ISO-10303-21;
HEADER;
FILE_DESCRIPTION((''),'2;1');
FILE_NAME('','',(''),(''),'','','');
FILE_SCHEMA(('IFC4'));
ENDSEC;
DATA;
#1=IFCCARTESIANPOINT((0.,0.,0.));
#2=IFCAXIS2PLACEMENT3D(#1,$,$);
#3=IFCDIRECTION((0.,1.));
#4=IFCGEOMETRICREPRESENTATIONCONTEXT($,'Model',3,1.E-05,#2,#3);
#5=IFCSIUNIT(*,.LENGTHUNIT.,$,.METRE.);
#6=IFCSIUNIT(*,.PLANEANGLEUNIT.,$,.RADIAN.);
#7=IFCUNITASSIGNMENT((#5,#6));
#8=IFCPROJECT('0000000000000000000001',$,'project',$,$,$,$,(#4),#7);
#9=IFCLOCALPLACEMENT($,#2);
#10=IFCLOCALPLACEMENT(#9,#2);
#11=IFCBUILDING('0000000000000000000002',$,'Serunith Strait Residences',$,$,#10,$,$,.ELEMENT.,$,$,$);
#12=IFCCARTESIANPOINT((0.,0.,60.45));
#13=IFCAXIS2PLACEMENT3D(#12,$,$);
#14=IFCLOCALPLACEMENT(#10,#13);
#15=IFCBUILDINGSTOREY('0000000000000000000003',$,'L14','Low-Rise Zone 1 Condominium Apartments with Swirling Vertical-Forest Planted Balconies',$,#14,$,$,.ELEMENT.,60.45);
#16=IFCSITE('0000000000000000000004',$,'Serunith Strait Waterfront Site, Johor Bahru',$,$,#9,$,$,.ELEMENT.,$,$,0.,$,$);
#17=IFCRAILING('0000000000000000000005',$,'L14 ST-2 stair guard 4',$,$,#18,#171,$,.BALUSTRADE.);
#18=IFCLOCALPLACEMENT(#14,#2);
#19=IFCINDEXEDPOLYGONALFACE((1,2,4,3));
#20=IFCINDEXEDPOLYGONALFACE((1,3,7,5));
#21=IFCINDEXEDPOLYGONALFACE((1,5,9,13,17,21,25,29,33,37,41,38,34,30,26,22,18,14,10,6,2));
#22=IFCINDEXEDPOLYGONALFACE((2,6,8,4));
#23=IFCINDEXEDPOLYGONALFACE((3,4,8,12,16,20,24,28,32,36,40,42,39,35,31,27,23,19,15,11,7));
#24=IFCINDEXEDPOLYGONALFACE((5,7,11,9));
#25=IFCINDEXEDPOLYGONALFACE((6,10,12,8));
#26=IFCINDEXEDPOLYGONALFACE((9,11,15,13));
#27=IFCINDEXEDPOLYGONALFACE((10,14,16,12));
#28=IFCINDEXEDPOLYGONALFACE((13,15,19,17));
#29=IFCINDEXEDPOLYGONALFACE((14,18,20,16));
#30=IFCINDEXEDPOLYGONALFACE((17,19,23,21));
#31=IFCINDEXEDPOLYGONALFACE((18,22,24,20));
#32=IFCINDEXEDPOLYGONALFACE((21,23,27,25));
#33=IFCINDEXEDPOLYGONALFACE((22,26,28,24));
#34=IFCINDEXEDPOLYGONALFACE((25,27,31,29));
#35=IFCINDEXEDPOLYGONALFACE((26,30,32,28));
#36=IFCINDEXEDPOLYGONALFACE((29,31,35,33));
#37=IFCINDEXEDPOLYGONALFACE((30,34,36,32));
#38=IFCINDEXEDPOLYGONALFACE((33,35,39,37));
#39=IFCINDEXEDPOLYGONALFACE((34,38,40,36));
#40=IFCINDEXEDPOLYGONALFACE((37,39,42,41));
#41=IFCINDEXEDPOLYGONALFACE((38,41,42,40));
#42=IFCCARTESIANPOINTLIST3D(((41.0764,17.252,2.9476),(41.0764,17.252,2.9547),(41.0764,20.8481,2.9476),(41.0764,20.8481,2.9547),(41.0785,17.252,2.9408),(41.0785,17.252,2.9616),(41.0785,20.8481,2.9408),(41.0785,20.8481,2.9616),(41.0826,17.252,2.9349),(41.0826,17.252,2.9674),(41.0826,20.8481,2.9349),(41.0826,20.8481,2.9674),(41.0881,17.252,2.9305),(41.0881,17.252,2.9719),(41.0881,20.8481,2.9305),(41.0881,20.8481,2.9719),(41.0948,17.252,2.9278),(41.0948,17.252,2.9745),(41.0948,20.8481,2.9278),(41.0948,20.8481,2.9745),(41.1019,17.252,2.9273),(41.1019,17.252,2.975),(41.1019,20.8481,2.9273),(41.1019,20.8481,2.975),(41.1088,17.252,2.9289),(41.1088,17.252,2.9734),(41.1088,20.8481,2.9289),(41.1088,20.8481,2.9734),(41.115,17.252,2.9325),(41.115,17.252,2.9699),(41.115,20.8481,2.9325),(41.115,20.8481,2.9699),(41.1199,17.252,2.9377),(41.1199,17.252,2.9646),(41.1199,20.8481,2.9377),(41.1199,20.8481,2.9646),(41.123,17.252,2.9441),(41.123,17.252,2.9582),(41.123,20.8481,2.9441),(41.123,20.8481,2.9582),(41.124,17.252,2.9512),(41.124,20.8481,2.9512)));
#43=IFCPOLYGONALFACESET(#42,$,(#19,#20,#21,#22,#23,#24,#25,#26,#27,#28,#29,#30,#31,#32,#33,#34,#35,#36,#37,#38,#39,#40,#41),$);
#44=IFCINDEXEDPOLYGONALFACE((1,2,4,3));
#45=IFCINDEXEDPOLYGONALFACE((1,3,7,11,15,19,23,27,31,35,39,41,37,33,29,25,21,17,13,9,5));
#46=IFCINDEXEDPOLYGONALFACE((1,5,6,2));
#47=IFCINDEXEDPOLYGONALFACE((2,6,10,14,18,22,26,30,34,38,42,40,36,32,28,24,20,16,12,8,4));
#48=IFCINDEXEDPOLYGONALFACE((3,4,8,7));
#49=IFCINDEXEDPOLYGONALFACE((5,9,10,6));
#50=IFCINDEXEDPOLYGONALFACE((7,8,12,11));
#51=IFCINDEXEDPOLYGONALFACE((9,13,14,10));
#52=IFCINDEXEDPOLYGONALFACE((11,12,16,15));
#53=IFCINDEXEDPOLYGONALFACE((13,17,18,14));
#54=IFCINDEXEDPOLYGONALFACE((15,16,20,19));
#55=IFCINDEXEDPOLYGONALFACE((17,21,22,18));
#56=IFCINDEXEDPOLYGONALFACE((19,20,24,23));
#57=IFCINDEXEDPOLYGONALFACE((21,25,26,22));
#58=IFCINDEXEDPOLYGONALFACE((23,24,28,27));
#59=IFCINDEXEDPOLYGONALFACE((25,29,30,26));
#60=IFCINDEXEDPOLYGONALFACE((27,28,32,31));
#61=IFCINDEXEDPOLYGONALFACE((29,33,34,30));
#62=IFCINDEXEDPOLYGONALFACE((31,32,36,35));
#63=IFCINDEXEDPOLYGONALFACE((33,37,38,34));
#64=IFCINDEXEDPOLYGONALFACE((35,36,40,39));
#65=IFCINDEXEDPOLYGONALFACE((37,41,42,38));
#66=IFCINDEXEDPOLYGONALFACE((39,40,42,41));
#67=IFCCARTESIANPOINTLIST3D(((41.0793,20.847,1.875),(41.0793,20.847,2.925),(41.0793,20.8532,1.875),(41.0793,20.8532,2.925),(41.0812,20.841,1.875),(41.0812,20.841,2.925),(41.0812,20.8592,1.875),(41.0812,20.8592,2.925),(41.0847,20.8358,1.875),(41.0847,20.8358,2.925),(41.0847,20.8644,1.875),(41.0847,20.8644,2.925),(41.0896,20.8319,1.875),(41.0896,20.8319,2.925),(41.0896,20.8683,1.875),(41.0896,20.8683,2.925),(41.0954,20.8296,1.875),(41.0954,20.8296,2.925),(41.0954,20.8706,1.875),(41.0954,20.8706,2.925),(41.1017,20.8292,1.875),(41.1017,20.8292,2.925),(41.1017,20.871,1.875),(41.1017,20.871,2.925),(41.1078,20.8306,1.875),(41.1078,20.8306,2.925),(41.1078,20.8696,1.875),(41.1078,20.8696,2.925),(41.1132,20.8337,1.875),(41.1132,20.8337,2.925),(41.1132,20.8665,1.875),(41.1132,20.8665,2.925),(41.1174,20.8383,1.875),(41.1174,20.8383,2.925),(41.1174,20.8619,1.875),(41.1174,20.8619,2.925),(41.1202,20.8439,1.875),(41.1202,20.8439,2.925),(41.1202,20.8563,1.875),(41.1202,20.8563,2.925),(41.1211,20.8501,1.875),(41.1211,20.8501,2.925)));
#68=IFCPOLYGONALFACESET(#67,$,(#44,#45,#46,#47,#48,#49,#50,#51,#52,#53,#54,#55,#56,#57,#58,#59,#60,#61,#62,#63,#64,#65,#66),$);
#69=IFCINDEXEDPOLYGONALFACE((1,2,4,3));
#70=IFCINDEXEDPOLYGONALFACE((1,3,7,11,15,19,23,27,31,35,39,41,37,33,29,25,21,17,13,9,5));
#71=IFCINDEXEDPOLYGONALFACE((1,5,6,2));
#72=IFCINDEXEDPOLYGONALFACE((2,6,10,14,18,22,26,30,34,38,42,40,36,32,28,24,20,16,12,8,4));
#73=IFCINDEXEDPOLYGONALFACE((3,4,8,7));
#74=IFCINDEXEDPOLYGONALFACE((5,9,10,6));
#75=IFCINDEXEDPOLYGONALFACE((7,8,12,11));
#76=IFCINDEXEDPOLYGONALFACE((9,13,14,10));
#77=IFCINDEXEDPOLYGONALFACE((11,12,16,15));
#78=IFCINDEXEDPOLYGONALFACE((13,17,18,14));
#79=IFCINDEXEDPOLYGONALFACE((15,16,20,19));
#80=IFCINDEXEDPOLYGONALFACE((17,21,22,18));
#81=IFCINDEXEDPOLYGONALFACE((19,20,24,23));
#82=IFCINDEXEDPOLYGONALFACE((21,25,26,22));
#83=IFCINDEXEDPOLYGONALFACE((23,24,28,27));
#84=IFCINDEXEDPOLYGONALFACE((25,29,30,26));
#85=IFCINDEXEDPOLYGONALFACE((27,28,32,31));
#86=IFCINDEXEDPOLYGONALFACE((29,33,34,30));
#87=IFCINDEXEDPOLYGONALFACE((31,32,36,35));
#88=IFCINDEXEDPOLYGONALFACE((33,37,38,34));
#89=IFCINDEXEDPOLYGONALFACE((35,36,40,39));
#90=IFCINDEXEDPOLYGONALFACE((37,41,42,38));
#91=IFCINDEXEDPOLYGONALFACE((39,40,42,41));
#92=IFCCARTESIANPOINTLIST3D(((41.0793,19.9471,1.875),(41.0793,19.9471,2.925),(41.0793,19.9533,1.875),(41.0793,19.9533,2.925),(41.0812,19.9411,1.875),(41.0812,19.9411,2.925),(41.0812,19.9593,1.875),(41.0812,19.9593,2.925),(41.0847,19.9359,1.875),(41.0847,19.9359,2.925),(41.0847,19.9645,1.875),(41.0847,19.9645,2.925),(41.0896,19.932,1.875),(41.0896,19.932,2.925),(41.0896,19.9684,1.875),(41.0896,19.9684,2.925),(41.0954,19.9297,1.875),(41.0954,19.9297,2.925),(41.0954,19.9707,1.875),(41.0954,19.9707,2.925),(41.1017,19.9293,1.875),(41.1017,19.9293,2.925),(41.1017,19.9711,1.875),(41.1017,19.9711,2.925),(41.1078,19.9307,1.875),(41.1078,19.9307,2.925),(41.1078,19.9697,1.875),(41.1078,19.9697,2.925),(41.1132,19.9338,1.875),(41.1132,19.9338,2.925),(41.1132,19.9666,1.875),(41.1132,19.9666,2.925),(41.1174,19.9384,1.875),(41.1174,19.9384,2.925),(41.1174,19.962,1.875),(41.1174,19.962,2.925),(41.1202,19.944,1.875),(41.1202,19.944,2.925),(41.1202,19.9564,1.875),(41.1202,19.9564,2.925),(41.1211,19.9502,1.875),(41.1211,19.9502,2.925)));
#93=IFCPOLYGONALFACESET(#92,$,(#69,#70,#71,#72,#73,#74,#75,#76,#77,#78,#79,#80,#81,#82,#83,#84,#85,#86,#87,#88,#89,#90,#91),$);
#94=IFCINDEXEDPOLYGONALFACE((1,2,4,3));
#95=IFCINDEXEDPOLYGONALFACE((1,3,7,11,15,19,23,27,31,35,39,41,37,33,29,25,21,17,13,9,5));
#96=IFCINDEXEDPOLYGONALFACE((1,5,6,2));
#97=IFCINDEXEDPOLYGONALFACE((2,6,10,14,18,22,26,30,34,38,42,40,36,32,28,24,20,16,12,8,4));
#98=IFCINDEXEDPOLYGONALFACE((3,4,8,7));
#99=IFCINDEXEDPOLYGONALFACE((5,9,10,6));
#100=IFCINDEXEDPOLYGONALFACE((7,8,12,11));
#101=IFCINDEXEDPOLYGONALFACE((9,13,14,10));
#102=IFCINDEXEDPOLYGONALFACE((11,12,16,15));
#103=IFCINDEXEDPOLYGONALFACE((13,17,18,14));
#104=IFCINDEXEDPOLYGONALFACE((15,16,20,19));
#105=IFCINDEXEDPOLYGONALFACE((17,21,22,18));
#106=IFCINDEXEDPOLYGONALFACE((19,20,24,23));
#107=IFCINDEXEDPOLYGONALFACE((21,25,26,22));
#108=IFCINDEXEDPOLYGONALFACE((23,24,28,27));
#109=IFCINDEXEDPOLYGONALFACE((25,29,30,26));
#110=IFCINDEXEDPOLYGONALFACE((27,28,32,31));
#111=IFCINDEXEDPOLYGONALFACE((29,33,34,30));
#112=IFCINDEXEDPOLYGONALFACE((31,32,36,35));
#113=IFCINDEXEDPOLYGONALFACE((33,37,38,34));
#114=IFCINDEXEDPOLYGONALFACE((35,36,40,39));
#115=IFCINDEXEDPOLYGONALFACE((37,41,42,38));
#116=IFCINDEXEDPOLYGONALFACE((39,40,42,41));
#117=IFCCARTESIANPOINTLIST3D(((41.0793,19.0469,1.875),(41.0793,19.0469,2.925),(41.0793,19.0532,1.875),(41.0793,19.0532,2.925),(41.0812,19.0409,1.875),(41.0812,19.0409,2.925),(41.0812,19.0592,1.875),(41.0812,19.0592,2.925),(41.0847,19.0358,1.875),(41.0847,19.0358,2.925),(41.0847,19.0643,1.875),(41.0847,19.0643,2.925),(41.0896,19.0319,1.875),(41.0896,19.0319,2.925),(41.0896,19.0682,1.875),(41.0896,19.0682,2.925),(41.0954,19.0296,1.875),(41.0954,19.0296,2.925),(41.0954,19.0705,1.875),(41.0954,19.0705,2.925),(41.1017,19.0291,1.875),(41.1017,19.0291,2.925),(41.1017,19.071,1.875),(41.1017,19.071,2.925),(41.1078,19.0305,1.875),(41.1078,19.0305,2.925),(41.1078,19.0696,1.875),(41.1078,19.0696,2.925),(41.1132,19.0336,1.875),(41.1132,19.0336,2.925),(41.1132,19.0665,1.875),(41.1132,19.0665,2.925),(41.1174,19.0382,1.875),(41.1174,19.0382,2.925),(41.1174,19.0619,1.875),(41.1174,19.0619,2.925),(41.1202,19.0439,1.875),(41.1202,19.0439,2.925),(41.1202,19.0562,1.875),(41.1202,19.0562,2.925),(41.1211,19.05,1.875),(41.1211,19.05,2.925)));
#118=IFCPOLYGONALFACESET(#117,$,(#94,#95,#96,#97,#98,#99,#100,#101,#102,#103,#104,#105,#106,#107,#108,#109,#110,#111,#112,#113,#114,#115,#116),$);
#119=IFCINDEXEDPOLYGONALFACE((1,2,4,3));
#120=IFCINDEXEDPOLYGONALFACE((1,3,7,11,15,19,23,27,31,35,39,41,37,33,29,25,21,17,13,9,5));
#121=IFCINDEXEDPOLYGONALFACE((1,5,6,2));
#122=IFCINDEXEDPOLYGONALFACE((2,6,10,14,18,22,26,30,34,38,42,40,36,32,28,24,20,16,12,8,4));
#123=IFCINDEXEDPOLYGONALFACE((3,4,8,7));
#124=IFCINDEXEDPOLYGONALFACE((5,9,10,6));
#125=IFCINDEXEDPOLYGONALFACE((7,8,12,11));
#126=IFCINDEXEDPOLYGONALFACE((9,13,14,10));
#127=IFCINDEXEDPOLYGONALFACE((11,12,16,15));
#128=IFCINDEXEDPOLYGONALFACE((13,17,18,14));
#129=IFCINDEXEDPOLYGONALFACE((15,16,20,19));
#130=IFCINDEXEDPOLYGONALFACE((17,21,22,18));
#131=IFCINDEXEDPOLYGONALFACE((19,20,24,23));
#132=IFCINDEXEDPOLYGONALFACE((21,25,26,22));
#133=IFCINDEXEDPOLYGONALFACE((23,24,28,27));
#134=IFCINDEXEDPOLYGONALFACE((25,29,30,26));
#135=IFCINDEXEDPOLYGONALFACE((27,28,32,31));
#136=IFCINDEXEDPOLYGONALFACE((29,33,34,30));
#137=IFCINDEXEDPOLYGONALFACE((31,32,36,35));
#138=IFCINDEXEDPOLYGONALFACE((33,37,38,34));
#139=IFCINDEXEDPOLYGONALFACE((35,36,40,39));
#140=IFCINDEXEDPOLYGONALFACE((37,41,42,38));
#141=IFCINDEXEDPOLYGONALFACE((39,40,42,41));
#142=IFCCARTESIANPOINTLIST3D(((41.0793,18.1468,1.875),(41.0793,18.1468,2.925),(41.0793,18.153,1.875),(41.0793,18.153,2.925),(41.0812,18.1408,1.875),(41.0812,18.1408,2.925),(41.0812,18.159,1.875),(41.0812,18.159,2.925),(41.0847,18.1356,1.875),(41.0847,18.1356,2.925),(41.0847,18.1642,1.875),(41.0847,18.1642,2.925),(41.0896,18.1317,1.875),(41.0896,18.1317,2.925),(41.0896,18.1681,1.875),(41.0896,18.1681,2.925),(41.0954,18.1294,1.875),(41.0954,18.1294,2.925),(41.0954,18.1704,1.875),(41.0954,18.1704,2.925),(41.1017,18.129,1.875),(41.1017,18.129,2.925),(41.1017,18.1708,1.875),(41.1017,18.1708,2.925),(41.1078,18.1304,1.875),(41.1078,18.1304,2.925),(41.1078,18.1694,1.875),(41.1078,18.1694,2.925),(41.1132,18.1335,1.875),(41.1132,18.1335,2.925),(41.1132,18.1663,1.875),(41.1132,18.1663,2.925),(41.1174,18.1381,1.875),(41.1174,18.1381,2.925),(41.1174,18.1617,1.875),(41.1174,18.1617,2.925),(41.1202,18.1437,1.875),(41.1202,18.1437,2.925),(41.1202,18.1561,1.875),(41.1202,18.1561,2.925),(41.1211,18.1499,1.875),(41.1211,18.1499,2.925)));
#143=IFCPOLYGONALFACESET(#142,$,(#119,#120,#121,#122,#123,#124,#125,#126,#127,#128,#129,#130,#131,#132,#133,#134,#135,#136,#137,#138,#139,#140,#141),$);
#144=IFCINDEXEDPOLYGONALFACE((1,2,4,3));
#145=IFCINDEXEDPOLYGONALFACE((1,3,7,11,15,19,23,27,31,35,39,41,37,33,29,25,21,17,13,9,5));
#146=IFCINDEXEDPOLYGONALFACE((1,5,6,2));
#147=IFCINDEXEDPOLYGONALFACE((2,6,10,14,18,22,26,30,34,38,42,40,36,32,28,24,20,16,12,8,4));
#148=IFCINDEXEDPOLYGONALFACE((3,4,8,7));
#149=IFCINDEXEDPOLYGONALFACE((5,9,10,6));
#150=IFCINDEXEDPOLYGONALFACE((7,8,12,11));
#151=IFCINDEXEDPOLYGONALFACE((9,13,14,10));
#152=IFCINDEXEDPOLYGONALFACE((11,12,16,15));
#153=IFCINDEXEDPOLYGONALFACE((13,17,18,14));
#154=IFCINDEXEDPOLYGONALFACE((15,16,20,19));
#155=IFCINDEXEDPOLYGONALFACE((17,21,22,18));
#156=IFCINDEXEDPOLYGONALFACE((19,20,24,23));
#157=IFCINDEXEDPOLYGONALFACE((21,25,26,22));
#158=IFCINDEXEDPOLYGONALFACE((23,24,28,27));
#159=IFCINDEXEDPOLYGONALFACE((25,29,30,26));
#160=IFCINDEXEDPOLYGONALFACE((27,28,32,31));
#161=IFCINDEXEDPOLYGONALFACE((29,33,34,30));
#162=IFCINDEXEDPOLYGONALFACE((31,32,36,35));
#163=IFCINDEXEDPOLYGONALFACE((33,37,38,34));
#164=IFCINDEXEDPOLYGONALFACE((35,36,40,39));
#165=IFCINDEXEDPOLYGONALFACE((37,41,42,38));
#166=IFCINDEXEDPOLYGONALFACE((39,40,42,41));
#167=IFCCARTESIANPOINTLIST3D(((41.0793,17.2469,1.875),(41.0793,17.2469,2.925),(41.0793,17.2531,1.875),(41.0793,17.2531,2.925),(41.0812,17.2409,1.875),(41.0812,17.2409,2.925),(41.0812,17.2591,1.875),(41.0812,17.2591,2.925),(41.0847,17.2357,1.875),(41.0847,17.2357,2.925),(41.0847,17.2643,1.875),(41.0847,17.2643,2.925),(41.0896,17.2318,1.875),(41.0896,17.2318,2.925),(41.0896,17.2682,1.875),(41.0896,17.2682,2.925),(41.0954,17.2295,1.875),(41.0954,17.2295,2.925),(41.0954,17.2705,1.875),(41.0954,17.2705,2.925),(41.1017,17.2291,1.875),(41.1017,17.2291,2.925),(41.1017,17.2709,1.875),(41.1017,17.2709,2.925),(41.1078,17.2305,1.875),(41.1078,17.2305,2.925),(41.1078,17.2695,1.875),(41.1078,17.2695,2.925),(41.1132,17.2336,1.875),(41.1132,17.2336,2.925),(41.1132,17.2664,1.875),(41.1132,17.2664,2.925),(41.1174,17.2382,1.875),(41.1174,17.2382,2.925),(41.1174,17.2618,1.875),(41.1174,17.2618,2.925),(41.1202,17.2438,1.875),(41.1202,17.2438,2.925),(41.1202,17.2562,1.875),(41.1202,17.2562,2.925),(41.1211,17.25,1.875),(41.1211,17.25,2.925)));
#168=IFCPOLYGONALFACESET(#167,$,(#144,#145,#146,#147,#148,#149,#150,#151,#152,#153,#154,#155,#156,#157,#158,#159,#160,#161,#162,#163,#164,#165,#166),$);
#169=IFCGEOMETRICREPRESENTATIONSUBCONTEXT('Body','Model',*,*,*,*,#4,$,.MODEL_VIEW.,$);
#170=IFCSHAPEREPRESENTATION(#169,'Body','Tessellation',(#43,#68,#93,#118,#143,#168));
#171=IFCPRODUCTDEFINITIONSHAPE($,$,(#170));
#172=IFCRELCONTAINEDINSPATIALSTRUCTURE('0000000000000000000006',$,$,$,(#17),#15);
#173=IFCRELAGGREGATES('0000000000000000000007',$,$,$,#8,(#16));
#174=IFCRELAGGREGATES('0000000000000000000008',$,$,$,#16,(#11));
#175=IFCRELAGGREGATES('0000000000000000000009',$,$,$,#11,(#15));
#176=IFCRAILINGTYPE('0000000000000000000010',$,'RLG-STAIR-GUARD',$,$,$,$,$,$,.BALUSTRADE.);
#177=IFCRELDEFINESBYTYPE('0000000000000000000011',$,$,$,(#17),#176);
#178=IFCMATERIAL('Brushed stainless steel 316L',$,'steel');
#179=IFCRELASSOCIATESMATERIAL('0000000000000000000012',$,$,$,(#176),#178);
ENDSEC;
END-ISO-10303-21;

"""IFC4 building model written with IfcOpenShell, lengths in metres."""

from ifc_helpers import new_model, si_unit, direction, frame, origin, origin_2d, place, context, subcontext, project, spatial, circle, extrude, material, type_object, element, save


model = new_model("IFC4")

# Units and contexts
model_context = context("Model", 3, precision=1e-05, world=origin(), true_north=direction((0.0, 1.0)))
body_context = subcontext(model_context, "Body", "Model", "MODEL_VIEW")
ifc_project = project(units=[si_unit("LENGTHUNIT", "METRE"), si_unit("PLANEANGLEUNIT", "RADIAN")], contexts=[model_context])

# Site, building, storey
site_placement = place(None, origin())
site = spatial("IfcSite", under=ifc_project, at=site_placement, Name="Serunith Strait Waterfront Site, Johor Bahru", CompositionType="ELEMENT", RefElevation=0.0)
building_placement = place(site_placement, origin())
building = spatial("IfcBuilding", under=site, at=building_placement, Name="Serunith Strait Residences", CompositionType="ELEMENT")
storey_placement = place(building_placement, frame((0.0, 0.0, 60.45)))
storey = spatial("IfcBuildingStorey", under=building, at=storey_placement, Name="L14", Description="Low-Rise Zone 1 Condominium Apartments with Swirling Vertical-Forest Planted Balconies", CompositionType="ELEMENT", Elevation=60.45)

# Railing
ifc_material_1 = material(Name="Brushed stainless steel 316L", Category="steel")
railing_type_1 = type_object("IfcRailingType", Name="RLG-STAIR-GUARD", PredefinedType="BALUSTRADE", material=ifc_material_1)
for number, where, name in (
    (1, (41.1001, 20.8501, 1.875), "L14 ST-2 stair guard 4"),
):
    element("IfcRailing", number, at=place(storey_placement, frame(where)), inside=storey, type_object=railing_type_1, Name=name, PredefinedType="BALUSTRADE", context=body_context, shape_type="SweptSolid", body=[
        extrude(circle(Radius=0.0239, at=origin_2d()), frame((0.0, -0.002, 1.0762), z_axis=(0.0, -1.0, 0.0), x_axis=(1.0, 0.0, 0.0)), (0.0, 0.0, 1.0), 3.5962),
        extrude(circle(Radius=0.021, at=origin_2d()), origin(), (0.0, 0.0, 1.0), 1.05),
        extrude(circle(Radius=0.021, at=origin_2d()), frame((0.0, -0.8999, 0.0)), (0.0, 0.0, 1.0), 1.05),
        extrude(circle(Radius=0.021, at=origin_2d()), frame((0.0, -1.8, 0.0)), (0.0, 0.0, 1.0), 1.05),
        extrude(circle(Radius=0.021, at=origin_2d()), frame((0.0, -2.7002, 0.0)), (0.0, 0.0, 1.0), 1.05),
        extrude(circle(Radius=0.021, at=origin_2d()), frame((0.0, -3.6001, 0.0)), (0.0, 0.0, 1.0), 1.05),
    ])

save(model, "model.ifc")
